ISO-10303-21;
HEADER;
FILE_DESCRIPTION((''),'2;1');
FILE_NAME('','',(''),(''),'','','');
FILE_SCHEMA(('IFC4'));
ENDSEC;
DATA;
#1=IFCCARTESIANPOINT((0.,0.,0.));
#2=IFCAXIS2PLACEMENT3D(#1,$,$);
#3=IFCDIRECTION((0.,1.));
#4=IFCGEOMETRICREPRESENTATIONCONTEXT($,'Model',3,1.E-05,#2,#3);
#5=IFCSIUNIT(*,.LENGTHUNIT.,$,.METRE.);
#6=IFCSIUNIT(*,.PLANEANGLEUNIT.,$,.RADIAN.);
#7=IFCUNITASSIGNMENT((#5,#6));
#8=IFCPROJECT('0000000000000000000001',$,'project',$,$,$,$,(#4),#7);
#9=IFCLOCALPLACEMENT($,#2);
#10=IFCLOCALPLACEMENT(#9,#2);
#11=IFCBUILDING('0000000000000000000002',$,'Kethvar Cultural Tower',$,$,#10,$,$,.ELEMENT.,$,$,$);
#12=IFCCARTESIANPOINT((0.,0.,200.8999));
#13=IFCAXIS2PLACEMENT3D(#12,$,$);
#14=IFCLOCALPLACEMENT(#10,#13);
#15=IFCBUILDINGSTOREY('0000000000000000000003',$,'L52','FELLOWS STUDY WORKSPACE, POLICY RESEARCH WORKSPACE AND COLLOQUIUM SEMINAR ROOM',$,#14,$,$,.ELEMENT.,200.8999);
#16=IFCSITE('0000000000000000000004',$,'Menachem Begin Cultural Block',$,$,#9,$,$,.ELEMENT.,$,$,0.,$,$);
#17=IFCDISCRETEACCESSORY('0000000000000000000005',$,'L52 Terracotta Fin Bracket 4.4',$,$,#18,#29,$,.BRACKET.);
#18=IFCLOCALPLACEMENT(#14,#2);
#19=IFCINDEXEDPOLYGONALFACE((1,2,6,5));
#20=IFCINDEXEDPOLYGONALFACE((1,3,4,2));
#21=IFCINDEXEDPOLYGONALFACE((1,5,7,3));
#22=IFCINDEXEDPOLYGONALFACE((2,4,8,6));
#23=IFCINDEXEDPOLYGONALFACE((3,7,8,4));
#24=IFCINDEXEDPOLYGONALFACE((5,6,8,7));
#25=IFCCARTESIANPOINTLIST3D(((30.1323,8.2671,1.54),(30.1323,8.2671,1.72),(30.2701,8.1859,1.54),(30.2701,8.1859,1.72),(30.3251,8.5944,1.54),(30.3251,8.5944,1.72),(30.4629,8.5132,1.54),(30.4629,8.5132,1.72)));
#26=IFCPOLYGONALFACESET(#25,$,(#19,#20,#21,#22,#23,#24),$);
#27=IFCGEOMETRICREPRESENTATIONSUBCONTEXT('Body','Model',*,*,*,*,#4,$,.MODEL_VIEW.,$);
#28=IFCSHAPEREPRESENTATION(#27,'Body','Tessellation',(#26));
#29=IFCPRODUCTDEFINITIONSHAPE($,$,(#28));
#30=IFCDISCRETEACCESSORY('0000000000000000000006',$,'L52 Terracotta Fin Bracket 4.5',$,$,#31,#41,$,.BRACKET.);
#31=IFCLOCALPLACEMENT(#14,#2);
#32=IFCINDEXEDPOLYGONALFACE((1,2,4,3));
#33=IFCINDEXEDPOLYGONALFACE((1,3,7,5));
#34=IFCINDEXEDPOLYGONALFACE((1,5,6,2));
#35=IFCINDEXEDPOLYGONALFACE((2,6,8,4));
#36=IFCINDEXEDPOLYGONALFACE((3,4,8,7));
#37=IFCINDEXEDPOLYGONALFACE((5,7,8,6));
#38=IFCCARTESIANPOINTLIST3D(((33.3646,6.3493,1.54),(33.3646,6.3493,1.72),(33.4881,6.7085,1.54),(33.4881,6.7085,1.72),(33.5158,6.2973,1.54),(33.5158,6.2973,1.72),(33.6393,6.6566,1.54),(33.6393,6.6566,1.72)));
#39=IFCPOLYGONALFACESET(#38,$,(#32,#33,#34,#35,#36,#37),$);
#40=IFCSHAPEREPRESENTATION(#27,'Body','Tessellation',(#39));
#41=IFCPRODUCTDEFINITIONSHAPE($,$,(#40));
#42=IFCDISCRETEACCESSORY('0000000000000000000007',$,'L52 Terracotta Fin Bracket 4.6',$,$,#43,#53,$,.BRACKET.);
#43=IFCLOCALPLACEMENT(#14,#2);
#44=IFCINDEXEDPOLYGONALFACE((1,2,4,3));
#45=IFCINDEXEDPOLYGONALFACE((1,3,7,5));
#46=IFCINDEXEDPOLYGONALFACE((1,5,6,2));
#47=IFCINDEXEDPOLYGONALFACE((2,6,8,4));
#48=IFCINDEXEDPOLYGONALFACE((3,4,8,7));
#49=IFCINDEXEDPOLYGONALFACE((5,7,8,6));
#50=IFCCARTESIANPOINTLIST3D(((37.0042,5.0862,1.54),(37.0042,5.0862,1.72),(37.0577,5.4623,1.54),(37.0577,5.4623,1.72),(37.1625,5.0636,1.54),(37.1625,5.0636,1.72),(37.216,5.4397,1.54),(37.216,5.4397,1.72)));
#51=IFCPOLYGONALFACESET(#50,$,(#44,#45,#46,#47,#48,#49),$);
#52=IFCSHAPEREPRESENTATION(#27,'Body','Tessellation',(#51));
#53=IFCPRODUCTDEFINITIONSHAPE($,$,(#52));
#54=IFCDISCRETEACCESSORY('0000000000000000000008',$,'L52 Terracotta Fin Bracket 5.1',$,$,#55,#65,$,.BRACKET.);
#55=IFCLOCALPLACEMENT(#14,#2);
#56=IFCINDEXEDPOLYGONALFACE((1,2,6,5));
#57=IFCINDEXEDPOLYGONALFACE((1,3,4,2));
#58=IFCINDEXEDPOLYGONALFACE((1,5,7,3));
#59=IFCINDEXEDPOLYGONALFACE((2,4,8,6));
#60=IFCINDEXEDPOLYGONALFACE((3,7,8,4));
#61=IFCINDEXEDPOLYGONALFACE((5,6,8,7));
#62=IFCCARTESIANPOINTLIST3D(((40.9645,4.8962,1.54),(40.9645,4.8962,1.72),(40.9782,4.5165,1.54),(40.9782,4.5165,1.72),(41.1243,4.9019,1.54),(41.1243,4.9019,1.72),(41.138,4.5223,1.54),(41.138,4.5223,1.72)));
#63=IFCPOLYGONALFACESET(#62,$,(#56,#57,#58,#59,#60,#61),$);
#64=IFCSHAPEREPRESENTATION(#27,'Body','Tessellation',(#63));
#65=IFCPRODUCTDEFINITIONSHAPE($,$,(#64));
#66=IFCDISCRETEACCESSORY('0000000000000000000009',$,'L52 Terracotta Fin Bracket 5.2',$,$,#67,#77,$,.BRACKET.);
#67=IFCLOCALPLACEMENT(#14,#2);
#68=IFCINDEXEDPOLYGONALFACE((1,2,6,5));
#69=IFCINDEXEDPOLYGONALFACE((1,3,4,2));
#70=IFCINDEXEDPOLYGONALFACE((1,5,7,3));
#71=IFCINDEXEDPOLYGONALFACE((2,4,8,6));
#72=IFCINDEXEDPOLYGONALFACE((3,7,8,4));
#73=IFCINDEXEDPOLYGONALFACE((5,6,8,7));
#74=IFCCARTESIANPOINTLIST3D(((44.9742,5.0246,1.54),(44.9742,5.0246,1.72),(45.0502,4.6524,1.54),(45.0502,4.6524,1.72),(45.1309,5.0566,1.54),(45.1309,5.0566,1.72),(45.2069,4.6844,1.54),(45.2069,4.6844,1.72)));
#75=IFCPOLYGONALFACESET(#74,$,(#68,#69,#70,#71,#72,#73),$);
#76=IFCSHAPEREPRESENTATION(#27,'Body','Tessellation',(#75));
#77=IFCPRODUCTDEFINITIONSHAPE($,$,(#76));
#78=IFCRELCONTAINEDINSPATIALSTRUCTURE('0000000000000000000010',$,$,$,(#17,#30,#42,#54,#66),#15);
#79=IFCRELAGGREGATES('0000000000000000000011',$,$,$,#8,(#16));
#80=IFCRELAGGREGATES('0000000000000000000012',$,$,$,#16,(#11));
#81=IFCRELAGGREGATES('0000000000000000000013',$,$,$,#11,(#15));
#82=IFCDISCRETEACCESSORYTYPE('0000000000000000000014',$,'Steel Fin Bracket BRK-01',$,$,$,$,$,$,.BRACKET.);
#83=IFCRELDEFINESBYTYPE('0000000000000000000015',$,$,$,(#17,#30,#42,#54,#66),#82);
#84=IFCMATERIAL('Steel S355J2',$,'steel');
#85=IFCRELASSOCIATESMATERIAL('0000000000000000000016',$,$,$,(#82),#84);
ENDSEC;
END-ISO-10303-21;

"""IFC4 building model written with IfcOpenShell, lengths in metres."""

from ifc_helpers import new_model, si_unit, direction, frame, origin, origin_2d, place, context, subcontext, project, spatial, rectangle, extrude, source, transform, mapped, material, type_object, element, save


model = new_model("IFC4")

# Units and contexts
model_context = context("Model", 3, precision=1e-05, world=origin(), true_north=direction((0.0, 1.0)))
body_context = subcontext(model_context, "Body", "Model", "MODEL_VIEW")
ifc_project = project(units=[si_unit("LENGTHUNIT", "METRE"), si_unit("PLANEANGLEUNIT", "RADIAN")], contexts=[model_context])

# Site, building, storey
site_placement = place(None, origin())
site = spatial("IfcSite", under=ifc_project, at=site_placement, Name="Menachem Begin Cultural Block", CompositionType="ELEMENT", RefElevation=0.0)
building_placement = place(site_placement, origin())
building = spatial("IfcBuilding", under=site, at=building_placement, Name="Kethvar Cultural Tower", CompositionType="ELEMENT")
storey_placement = place(building_placement, frame((0.0, 0.0, 200.8999)))
storey = spatial("IfcBuildingStorey", under=building, at=storey_placement, Name="L52", Description="FELLOWS STUDY WORKSPACE, POLICY RESEARCH WORKSPACE AND COLLOQUIUM SEMINAR ROOM", CompositionType="ELEMENT", Elevation=200.8999)

# Shared definitions
ifc_material_1 = material(Name="Steel S355J2", Category="steel")

# Discrete accessories
discrete_accessory_type = type_object("IfcDiscreteAccessoryType", Name="Steel Fin Bracket BRK-01", PredefinedType="BRACKET", material=ifc_material_1)
shared_shape_1 = source(origin(), body_context, "Body", "SweptSolid", [
    extrude(rectangle(XDim=0.3799, YDim=0.1599, at=origin_2d()), origin(), (0.0, 0.0, 1.0), 0.1799),
])
for number, where, z_axis, x_axis, name in (
    (1, (30.2976, 8.3901, 1.54), (0.0, 0.0, 1.0), (-0.507538, -0.861629, 0.0), "L52 Terracotta Fin Bracket 4.4"),
    (2, (33.502, 6.5029, 1.54), (0.0, 0.0, 1.0), (-0.325073, -0.945689, 0.0), "L52 Terracotta Fin Bracket 4.5"),
    (3, (37.1101, 5.2629, 1.54), (0.0, 0.0, 1.0), (-0.140901, -0.990024, 0.0), "L52 Terracotta Fin Bracket 4.6"),
    (4, (41.0513, 4.7092, 1.54), (0.0, 0.0, 1.0), (0.035946, -0.999354, 0.0), "L52 Terracotta Fin Bracket 5.1"),
    (5, (45.0906, 4.8545, 1.54), (0.0, 0.0, 1.0), (0.200052, -0.979785, 0.0), "L52 Terracotta Fin Bracket 5.2"),
):
    element("IfcDiscreteAccessory", number, at=place(storey_placement, frame(where, z_axis=z_axis, x_axis=x_axis)), inside=storey, type_object=discrete_accessory_type, Name=name, PredefinedType="BRACKET", context=body_context, shape_type="MappedRepresentation", body=[
        mapped(shared_shape_1, transform((0.0, 0.0, 0.0), scale=1.0)),
    ])

save(model, "model.ifc")
